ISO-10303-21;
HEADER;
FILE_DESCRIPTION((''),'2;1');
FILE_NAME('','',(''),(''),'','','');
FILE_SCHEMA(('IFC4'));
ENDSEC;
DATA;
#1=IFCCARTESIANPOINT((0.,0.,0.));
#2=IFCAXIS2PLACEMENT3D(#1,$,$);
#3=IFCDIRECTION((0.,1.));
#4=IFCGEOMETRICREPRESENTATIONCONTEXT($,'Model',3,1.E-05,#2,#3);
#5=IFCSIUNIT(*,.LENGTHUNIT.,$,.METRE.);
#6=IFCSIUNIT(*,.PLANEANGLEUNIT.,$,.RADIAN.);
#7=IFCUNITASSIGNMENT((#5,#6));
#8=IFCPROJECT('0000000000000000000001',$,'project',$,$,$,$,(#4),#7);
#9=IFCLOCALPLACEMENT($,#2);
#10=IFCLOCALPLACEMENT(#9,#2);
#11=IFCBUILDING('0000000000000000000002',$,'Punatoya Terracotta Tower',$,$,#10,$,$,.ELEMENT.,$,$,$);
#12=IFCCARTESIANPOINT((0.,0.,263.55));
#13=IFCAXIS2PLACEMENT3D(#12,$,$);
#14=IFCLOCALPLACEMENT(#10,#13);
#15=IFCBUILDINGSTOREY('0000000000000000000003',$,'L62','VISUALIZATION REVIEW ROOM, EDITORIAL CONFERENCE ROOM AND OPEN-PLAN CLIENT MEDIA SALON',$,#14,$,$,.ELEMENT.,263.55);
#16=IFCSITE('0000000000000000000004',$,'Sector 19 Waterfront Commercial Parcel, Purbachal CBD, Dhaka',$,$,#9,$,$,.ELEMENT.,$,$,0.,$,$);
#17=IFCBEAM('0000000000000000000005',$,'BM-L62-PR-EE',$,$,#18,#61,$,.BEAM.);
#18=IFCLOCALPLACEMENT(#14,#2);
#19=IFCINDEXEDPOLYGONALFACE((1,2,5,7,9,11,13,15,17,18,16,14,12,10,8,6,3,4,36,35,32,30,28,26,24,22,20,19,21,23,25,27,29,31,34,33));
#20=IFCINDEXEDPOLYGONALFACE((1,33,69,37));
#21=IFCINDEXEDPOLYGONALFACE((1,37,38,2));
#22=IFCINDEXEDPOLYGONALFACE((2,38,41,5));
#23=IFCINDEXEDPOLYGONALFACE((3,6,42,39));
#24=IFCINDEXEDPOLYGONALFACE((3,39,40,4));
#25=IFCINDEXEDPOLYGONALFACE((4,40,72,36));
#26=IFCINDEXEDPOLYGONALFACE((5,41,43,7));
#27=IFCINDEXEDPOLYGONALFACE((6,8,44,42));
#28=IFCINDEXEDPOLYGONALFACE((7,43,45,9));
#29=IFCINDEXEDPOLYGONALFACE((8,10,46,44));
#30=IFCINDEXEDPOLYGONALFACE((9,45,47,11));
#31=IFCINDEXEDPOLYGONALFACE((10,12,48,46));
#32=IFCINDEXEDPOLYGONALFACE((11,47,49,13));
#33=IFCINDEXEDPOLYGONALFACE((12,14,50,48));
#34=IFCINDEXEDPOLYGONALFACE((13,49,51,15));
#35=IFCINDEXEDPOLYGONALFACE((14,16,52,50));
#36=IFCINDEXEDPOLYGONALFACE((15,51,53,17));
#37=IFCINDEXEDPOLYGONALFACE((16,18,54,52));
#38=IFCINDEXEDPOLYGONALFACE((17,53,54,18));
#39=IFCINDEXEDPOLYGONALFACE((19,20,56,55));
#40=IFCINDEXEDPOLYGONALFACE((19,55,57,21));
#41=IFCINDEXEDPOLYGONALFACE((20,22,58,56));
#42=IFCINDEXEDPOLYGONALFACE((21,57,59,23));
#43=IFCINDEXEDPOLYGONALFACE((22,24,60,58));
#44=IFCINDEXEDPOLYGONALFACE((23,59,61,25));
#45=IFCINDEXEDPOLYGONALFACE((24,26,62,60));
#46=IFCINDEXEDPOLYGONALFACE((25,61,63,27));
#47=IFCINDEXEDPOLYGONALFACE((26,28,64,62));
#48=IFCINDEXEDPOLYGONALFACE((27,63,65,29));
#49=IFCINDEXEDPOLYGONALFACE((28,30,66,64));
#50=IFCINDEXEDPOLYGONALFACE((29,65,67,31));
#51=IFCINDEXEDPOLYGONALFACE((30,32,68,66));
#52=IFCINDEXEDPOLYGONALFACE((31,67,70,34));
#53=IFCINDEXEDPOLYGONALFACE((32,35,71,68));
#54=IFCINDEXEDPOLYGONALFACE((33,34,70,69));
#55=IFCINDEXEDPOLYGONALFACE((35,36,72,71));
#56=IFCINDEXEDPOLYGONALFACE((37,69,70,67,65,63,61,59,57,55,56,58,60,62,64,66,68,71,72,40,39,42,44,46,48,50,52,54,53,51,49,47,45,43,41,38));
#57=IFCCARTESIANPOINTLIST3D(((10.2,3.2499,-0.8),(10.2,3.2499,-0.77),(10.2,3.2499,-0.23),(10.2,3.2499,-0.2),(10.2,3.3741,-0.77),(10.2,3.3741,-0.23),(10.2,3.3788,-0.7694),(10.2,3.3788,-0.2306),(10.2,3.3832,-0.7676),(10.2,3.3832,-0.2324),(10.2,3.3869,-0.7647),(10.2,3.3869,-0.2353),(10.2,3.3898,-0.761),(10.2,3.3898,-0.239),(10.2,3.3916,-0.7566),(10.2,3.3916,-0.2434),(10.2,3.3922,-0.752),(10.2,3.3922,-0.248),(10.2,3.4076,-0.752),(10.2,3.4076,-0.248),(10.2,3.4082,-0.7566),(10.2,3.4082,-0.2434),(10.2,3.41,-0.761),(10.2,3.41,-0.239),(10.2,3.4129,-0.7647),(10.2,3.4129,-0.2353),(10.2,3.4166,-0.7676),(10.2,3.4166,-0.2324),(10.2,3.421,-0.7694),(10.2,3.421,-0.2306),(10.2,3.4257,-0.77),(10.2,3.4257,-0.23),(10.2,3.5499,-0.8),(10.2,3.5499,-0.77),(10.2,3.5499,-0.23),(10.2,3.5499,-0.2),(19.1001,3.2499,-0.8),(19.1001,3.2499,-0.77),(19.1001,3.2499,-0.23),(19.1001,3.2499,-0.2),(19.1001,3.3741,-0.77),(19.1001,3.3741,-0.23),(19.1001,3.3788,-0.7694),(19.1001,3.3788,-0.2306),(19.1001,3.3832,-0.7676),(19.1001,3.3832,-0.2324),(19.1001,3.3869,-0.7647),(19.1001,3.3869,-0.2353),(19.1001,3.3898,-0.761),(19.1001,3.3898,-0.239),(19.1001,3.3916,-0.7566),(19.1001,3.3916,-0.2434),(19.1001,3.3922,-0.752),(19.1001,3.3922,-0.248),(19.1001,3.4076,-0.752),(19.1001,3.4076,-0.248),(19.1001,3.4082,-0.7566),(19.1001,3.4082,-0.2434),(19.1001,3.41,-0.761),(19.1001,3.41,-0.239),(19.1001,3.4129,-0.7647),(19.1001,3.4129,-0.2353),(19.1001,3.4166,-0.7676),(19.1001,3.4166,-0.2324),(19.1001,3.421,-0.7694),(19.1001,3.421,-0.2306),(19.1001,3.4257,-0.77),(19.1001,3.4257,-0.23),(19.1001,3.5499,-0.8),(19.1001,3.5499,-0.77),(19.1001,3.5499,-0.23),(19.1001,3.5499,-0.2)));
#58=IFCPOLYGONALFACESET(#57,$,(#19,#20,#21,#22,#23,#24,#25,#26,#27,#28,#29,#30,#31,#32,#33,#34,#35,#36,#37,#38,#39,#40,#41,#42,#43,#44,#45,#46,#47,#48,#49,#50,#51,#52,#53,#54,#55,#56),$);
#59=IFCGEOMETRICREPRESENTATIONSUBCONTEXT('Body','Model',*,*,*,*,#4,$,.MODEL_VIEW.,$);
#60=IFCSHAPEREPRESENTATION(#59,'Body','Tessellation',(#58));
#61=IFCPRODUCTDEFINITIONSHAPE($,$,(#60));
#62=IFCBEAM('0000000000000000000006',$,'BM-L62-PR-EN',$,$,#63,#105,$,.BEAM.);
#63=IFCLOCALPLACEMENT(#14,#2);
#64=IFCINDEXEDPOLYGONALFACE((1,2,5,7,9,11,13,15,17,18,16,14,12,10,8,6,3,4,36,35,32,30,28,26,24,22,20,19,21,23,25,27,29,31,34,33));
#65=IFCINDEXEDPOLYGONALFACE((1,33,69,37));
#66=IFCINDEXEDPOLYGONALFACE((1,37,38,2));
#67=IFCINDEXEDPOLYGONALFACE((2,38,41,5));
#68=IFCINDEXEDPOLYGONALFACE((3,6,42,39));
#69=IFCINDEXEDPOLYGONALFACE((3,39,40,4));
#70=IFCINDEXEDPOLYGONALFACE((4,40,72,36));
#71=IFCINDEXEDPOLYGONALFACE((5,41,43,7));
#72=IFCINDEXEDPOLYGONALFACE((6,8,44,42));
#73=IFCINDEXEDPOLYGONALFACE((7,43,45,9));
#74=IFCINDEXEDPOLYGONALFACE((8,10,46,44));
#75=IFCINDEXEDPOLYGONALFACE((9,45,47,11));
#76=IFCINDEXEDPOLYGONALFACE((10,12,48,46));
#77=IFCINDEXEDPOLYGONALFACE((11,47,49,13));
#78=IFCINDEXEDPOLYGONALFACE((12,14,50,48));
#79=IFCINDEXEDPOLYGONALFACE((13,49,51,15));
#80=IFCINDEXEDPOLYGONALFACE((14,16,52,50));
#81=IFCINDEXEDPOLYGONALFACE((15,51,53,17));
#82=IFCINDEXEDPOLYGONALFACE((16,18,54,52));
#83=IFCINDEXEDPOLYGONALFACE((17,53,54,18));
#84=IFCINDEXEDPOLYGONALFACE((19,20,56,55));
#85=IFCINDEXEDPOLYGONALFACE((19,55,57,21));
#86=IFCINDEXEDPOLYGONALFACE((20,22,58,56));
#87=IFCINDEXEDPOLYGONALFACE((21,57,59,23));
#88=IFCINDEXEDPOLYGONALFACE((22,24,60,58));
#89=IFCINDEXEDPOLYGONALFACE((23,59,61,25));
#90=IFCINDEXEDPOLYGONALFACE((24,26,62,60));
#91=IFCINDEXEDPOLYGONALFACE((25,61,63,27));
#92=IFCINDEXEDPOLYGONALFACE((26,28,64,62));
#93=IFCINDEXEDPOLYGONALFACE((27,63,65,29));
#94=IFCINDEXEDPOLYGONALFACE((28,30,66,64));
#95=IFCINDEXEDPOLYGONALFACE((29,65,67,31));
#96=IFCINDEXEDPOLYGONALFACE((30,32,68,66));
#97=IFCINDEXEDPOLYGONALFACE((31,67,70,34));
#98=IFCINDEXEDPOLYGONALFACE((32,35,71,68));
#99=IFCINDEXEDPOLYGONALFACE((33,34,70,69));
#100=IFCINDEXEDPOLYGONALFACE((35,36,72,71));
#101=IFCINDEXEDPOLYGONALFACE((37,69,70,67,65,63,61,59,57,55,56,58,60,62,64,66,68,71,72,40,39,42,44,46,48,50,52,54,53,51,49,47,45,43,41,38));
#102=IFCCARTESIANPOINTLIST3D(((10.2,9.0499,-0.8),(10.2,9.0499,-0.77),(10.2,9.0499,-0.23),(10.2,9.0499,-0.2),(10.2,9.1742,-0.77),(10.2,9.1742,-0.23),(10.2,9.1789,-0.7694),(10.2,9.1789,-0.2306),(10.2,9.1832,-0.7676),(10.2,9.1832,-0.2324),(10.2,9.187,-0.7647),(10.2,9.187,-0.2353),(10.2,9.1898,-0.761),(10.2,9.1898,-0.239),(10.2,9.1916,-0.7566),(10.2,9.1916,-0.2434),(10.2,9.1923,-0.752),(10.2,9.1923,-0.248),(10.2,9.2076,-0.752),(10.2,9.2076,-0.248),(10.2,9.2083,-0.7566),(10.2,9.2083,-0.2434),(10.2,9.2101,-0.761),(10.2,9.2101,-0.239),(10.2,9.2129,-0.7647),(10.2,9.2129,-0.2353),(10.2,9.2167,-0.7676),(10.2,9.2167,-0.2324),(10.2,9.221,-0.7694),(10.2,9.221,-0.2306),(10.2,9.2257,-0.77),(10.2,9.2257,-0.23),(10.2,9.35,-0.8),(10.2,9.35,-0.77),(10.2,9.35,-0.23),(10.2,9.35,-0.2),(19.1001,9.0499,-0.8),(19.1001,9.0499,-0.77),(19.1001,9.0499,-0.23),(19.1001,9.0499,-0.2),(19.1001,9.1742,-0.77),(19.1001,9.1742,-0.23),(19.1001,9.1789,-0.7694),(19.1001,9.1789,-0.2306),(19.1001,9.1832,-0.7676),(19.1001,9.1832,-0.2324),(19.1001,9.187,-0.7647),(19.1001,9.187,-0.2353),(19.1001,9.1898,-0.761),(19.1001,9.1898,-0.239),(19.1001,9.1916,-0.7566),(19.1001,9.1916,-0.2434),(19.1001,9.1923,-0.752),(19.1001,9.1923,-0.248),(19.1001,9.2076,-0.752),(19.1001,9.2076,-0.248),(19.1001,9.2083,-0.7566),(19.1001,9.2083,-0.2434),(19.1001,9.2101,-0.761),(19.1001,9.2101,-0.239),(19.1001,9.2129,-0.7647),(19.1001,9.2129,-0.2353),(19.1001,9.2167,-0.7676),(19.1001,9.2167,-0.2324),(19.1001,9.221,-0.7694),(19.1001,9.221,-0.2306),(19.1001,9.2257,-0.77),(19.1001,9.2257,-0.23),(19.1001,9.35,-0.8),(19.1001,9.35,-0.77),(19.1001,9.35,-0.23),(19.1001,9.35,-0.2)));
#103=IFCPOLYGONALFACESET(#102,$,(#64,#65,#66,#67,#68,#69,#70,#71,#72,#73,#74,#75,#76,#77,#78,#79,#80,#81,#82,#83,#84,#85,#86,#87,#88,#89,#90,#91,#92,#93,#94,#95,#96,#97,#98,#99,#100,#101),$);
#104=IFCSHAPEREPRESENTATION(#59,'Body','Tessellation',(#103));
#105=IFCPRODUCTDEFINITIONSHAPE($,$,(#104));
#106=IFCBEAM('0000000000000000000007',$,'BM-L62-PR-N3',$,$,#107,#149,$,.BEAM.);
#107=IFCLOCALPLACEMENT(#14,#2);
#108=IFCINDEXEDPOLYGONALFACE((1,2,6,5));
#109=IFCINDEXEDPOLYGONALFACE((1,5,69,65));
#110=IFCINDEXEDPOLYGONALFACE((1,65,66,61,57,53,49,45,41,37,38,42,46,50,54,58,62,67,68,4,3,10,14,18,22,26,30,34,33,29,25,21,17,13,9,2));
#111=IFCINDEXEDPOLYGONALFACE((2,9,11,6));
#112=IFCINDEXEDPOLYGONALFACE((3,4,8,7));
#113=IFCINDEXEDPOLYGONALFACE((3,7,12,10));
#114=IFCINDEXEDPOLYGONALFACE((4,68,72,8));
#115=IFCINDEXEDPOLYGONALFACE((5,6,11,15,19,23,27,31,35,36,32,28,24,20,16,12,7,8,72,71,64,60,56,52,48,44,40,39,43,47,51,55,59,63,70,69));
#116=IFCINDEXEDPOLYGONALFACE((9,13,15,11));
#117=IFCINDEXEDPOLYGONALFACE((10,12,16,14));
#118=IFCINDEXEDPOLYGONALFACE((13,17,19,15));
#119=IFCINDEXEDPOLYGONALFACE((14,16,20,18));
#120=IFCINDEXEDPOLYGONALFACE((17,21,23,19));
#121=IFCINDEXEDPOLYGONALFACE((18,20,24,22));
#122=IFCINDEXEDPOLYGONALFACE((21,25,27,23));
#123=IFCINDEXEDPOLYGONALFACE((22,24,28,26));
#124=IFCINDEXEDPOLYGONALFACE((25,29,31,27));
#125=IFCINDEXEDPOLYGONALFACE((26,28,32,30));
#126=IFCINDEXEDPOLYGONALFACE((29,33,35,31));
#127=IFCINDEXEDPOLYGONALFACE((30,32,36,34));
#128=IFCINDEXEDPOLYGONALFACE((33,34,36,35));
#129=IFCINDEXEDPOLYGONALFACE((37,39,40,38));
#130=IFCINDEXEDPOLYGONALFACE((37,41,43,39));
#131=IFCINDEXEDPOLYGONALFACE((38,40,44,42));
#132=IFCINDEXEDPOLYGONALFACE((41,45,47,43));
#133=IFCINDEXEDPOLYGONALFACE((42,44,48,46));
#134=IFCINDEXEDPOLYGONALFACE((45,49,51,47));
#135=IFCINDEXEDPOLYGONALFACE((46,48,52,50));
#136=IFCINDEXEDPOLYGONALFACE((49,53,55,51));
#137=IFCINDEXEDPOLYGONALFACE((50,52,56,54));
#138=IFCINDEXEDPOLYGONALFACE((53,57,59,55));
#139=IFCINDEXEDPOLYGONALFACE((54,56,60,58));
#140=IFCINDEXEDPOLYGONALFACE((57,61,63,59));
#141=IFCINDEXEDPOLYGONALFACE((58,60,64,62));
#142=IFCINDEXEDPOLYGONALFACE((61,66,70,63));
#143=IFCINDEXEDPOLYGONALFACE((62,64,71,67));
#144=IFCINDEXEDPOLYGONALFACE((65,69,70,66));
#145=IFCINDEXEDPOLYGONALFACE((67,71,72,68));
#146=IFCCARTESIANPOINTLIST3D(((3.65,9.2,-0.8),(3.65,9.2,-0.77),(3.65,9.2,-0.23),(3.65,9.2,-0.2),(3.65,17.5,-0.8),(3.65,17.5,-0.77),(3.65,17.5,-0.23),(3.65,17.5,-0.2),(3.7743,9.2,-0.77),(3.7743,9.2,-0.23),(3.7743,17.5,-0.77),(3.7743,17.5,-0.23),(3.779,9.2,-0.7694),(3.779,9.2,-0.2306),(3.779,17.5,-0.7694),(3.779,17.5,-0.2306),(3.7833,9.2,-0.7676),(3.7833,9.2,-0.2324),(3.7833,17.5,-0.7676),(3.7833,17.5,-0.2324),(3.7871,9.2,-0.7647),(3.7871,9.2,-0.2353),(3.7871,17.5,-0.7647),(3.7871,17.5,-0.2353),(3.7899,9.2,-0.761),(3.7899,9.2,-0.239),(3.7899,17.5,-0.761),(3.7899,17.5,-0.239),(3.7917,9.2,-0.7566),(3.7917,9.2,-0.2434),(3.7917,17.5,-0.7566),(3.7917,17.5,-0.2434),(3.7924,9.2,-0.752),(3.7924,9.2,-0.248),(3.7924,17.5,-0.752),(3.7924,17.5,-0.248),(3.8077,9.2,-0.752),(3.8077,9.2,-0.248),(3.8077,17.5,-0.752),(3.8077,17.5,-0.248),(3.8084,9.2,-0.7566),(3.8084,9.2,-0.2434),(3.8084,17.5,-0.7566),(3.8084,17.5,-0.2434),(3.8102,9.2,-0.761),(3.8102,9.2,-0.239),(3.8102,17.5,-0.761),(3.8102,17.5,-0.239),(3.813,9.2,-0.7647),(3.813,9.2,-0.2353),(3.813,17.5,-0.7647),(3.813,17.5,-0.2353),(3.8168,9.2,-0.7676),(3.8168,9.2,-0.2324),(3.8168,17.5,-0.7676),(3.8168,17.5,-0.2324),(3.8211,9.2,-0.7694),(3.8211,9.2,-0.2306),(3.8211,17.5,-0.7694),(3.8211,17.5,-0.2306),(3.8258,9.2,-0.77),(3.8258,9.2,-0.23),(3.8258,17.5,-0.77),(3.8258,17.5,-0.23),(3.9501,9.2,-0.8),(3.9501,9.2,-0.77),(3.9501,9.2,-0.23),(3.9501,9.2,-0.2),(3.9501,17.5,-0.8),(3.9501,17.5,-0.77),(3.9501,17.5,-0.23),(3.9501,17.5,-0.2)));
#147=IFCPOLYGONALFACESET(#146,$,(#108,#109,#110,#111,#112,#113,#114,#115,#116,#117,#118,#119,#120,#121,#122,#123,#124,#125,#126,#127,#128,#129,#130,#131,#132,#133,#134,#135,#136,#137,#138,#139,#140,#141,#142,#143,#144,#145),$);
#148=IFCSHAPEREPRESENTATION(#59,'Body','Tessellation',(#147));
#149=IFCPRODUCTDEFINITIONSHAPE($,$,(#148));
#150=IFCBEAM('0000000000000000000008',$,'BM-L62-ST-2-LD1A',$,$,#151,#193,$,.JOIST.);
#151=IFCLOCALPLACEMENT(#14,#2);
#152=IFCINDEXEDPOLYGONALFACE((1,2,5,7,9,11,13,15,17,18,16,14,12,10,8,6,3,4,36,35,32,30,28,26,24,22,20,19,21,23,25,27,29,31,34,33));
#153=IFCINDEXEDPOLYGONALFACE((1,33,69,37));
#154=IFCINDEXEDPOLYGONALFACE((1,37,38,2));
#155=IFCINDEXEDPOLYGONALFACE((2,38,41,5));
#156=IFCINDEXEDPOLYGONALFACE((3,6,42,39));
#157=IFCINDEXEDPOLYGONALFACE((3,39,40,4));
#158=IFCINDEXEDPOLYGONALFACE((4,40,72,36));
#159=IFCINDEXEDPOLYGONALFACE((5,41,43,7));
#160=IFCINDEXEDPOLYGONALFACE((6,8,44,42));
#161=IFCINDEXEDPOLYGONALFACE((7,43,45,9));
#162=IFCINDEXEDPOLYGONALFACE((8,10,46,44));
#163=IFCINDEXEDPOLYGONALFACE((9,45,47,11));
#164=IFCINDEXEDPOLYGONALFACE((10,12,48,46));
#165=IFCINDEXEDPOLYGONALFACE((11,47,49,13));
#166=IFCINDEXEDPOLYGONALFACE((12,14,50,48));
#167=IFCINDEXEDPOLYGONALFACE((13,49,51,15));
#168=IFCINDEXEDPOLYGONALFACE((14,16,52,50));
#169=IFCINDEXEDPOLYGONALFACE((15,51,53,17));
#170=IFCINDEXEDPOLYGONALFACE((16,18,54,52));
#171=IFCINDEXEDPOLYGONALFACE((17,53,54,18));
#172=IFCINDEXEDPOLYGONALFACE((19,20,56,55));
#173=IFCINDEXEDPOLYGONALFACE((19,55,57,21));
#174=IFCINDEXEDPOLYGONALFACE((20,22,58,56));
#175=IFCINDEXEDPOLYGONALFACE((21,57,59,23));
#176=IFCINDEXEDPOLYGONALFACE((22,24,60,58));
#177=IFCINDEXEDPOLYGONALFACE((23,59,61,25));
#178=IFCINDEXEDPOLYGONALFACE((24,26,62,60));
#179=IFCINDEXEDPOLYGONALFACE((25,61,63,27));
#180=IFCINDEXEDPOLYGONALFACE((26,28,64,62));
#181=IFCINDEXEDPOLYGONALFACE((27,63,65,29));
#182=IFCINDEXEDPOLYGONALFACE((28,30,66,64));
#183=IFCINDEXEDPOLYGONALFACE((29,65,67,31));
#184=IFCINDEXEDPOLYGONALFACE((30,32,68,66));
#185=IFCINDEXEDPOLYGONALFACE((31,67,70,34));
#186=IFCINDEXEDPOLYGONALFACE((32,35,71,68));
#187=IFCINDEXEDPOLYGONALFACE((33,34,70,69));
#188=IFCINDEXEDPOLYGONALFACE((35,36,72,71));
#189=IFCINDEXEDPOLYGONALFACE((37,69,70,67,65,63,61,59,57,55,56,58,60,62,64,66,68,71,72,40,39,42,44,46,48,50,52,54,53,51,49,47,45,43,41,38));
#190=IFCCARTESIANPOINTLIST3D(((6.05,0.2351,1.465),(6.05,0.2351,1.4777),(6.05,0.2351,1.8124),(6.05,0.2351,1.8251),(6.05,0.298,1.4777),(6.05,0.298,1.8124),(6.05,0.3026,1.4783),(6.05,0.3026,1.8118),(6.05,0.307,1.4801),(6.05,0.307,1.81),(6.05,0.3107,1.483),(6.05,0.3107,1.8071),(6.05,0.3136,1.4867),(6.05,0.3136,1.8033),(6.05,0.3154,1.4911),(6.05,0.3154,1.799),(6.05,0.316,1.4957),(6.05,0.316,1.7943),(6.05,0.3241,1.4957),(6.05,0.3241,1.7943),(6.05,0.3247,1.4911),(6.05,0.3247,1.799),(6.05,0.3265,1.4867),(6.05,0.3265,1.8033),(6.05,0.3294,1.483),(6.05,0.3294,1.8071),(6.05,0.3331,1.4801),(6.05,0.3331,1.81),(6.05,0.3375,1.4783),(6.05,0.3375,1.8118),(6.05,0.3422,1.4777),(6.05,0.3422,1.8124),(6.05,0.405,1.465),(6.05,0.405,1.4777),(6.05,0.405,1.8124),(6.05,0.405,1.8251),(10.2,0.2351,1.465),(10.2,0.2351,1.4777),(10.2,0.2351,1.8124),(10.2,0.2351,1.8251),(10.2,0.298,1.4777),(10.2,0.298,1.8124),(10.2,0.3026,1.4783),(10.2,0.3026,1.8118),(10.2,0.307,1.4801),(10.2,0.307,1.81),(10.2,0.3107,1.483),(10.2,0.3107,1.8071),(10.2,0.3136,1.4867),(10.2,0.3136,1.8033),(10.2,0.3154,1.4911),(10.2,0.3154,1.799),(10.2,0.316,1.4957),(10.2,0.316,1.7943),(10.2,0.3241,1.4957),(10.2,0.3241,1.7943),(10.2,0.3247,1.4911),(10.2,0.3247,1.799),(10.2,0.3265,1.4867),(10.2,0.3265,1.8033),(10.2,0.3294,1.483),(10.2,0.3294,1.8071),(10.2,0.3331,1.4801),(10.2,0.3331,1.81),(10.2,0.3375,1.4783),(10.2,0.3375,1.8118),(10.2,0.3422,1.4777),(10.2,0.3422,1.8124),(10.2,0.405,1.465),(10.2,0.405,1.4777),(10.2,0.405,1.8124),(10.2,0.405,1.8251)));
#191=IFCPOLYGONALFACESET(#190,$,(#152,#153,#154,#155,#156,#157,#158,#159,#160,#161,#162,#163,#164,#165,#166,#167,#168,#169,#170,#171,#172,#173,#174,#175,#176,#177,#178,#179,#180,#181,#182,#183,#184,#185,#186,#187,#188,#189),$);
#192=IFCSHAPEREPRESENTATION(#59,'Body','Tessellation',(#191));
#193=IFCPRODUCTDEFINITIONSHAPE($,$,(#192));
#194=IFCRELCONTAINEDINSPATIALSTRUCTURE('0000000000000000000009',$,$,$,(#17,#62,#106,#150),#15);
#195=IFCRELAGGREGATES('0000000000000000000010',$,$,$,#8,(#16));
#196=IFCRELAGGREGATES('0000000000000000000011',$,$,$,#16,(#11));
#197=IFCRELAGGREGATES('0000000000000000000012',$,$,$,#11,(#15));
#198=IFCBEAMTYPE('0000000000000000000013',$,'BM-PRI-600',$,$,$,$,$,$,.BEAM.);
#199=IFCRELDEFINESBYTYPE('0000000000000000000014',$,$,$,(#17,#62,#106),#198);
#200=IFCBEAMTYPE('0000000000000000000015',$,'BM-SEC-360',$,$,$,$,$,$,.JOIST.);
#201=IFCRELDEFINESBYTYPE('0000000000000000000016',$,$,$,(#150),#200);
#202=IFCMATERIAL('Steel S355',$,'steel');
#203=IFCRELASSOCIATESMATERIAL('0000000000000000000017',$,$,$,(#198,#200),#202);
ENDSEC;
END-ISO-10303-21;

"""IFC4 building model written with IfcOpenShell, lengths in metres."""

from ifc_helpers import new_model, si_unit, direction, frame, origin, origin_2d, place, context, subcontext, project, spatial, i_section, extrude, material, material_profile, profile_set, type_object, element, save


model = new_model("IFC4")

# Units and contexts
model_context = context("Model", 3, precision=1e-05, world=origin(), true_north=direction((0.0, 1.0)))
body_context = subcontext(model_context, "Body", "Model", "MODEL_VIEW")
ifc_project = project(units=[si_unit("LENGTHUNIT", "METRE"), si_unit("PLANEANGLEUNIT", "RADIAN")], contexts=[model_context])

# Site, building, storey
site_placement = place(None, origin())
site = spatial("IfcSite", under=ifc_project, at=site_placement, Name="Sector 19 Waterfront Commercial Parcel, Purbachal CBD, Dhaka", CompositionType="ELEMENT", RefElevation=0.0)
building_placement = place(site_placement, origin())
building = spatial("IfcBuilding", under=site, at=building_placement, Name="Punatoya Terracotta Tower", CompositionType="ELEMENT")
storey_placement = place(building_placement, frame((0.0, 0.0, 263.55)))
storey = spatial("IfcBuildingStorey", under=building, at=storey_placement, Name="L62", Description="VISUALIZATION REVIEW ROOM, EDITORIAL CONFERENCE ROOM AND OPEN-PLAN CLIENT MEDIA SALON", CompositionType="ELEMENT", Elevation=263.55)

# Beams
ifc_material_1 = material(Name="Steel S355", Category="steel")
ifc_material_profile_1 = material_profile(ifc_material_1, i_section(OverallWidth=0.3, OverallDepth=0.6001, WebThickness=0.0154, FlangeThickness=0.03, FilletRadius=0.0181, at=origin_2d()))
ifc_profile_set_1 = profile_set([ifc_material_profile_1], Name="Steel S355")
beam_type_1 = type_object("IfcBeamType", Name="BM-PRI-600", PredefinedType="BEAM", material=ifc_profile_set_1)
for number, where, z_axis, x_axis, name in (
    (1, (10.2, 3.3999, -0.5), (1.0, 0.0, 0.0), (0.0, 1.0, 0.0), "BM-L62-PR-EE"),
    (2, (10.2, 9.2, -0.5), (1.0, 0.0, 0.0), (0.0, 1.0, 0.0), "BM-L62-PR-EN"),
):
    element("IfcBeam", number, at=place(storey_placement, frame(where, z_axis=z_axis, x_axis=x_axis)), inside=storey, type_object=beam_type_1, Name=name, PredefinedType="BEAM", context=body_context, shape_type="SweptSolid", body=[
        extrude(i_section(OverallWidth=0.3, OverallDepth=0.6001, WebThickness=0.0154, FlangeThickness=0.03, FilletRadius=0.0181, at=origin_2d()), origin(), (0.0, 0.0, 1.0), 8.9001),
    ])
beam_placement = place(storey_placement, frame((3.8, 9.2, -0.5), z_axis=(0.0, 1.0, 0.0), x_axis=(-1.0, 0.0, 0.0)))
element("IfcBeam", 3, at=beam_placement, inside=storey, type_object=beam_type_1, Name="BM-L62-PR-N3", PredefinedType="BEAM", context=body_context, shape_type="SweptSolid", body=[
    extrude(i_section(OverallWidth=0.3, OverallDepth=0.6001, WebThickness=0.0154, FlangeThickness=0.03, FilletRadius=0.0181, at=origin_2d()), origin(), (0.0, 0.0, 1.0), 8.3),
])
ifc_material_profile_2 = material_profile(ifc_material_1, i_section(OverallWidth=0.1699, OverallDepth=0.3601, WebThickness=0.0081, FlangeThickness=0.0127, FilletRadius=0.0181, at=origin_2d()))
ifc_profile_set_2 = profile_set([ifc_material_profile_2], Name="Steel S355")
beam_type_2 = type_object("IfcBeamType", Name="BM-SEC-360", PredefinedType="JOIST", material=ifc_profile_set_2)
for number, where, z_axis, x_axis, name in (
    (4, (6.05, 0.3201, 1.645), (1.0, 0.0, 0.0), (0.0, 1.0, 0.0), "BM-L62-ST-2-LD1A"),
):
    element("IfcBeam", number, at=place(storey_placement, frame(where, z_axis=z_axis, x_axis=x_axis)), inside=storey, type_object=beam_type_2, Name=name, PredefinedType="JOIST", context=body_context, shape_type="SweptSolid", body=[
        extrude(i_section(OverallWidth=0.1699, OverallDepth=0.3601, WebThickness=0.0081, FlangeThickness=0.0127, FilletRadius=0.0181, at=origin_2d()), origin(), (0.0, 0.0, 1.0), 4.1499),
    ])

save(model, "model.ifc")
